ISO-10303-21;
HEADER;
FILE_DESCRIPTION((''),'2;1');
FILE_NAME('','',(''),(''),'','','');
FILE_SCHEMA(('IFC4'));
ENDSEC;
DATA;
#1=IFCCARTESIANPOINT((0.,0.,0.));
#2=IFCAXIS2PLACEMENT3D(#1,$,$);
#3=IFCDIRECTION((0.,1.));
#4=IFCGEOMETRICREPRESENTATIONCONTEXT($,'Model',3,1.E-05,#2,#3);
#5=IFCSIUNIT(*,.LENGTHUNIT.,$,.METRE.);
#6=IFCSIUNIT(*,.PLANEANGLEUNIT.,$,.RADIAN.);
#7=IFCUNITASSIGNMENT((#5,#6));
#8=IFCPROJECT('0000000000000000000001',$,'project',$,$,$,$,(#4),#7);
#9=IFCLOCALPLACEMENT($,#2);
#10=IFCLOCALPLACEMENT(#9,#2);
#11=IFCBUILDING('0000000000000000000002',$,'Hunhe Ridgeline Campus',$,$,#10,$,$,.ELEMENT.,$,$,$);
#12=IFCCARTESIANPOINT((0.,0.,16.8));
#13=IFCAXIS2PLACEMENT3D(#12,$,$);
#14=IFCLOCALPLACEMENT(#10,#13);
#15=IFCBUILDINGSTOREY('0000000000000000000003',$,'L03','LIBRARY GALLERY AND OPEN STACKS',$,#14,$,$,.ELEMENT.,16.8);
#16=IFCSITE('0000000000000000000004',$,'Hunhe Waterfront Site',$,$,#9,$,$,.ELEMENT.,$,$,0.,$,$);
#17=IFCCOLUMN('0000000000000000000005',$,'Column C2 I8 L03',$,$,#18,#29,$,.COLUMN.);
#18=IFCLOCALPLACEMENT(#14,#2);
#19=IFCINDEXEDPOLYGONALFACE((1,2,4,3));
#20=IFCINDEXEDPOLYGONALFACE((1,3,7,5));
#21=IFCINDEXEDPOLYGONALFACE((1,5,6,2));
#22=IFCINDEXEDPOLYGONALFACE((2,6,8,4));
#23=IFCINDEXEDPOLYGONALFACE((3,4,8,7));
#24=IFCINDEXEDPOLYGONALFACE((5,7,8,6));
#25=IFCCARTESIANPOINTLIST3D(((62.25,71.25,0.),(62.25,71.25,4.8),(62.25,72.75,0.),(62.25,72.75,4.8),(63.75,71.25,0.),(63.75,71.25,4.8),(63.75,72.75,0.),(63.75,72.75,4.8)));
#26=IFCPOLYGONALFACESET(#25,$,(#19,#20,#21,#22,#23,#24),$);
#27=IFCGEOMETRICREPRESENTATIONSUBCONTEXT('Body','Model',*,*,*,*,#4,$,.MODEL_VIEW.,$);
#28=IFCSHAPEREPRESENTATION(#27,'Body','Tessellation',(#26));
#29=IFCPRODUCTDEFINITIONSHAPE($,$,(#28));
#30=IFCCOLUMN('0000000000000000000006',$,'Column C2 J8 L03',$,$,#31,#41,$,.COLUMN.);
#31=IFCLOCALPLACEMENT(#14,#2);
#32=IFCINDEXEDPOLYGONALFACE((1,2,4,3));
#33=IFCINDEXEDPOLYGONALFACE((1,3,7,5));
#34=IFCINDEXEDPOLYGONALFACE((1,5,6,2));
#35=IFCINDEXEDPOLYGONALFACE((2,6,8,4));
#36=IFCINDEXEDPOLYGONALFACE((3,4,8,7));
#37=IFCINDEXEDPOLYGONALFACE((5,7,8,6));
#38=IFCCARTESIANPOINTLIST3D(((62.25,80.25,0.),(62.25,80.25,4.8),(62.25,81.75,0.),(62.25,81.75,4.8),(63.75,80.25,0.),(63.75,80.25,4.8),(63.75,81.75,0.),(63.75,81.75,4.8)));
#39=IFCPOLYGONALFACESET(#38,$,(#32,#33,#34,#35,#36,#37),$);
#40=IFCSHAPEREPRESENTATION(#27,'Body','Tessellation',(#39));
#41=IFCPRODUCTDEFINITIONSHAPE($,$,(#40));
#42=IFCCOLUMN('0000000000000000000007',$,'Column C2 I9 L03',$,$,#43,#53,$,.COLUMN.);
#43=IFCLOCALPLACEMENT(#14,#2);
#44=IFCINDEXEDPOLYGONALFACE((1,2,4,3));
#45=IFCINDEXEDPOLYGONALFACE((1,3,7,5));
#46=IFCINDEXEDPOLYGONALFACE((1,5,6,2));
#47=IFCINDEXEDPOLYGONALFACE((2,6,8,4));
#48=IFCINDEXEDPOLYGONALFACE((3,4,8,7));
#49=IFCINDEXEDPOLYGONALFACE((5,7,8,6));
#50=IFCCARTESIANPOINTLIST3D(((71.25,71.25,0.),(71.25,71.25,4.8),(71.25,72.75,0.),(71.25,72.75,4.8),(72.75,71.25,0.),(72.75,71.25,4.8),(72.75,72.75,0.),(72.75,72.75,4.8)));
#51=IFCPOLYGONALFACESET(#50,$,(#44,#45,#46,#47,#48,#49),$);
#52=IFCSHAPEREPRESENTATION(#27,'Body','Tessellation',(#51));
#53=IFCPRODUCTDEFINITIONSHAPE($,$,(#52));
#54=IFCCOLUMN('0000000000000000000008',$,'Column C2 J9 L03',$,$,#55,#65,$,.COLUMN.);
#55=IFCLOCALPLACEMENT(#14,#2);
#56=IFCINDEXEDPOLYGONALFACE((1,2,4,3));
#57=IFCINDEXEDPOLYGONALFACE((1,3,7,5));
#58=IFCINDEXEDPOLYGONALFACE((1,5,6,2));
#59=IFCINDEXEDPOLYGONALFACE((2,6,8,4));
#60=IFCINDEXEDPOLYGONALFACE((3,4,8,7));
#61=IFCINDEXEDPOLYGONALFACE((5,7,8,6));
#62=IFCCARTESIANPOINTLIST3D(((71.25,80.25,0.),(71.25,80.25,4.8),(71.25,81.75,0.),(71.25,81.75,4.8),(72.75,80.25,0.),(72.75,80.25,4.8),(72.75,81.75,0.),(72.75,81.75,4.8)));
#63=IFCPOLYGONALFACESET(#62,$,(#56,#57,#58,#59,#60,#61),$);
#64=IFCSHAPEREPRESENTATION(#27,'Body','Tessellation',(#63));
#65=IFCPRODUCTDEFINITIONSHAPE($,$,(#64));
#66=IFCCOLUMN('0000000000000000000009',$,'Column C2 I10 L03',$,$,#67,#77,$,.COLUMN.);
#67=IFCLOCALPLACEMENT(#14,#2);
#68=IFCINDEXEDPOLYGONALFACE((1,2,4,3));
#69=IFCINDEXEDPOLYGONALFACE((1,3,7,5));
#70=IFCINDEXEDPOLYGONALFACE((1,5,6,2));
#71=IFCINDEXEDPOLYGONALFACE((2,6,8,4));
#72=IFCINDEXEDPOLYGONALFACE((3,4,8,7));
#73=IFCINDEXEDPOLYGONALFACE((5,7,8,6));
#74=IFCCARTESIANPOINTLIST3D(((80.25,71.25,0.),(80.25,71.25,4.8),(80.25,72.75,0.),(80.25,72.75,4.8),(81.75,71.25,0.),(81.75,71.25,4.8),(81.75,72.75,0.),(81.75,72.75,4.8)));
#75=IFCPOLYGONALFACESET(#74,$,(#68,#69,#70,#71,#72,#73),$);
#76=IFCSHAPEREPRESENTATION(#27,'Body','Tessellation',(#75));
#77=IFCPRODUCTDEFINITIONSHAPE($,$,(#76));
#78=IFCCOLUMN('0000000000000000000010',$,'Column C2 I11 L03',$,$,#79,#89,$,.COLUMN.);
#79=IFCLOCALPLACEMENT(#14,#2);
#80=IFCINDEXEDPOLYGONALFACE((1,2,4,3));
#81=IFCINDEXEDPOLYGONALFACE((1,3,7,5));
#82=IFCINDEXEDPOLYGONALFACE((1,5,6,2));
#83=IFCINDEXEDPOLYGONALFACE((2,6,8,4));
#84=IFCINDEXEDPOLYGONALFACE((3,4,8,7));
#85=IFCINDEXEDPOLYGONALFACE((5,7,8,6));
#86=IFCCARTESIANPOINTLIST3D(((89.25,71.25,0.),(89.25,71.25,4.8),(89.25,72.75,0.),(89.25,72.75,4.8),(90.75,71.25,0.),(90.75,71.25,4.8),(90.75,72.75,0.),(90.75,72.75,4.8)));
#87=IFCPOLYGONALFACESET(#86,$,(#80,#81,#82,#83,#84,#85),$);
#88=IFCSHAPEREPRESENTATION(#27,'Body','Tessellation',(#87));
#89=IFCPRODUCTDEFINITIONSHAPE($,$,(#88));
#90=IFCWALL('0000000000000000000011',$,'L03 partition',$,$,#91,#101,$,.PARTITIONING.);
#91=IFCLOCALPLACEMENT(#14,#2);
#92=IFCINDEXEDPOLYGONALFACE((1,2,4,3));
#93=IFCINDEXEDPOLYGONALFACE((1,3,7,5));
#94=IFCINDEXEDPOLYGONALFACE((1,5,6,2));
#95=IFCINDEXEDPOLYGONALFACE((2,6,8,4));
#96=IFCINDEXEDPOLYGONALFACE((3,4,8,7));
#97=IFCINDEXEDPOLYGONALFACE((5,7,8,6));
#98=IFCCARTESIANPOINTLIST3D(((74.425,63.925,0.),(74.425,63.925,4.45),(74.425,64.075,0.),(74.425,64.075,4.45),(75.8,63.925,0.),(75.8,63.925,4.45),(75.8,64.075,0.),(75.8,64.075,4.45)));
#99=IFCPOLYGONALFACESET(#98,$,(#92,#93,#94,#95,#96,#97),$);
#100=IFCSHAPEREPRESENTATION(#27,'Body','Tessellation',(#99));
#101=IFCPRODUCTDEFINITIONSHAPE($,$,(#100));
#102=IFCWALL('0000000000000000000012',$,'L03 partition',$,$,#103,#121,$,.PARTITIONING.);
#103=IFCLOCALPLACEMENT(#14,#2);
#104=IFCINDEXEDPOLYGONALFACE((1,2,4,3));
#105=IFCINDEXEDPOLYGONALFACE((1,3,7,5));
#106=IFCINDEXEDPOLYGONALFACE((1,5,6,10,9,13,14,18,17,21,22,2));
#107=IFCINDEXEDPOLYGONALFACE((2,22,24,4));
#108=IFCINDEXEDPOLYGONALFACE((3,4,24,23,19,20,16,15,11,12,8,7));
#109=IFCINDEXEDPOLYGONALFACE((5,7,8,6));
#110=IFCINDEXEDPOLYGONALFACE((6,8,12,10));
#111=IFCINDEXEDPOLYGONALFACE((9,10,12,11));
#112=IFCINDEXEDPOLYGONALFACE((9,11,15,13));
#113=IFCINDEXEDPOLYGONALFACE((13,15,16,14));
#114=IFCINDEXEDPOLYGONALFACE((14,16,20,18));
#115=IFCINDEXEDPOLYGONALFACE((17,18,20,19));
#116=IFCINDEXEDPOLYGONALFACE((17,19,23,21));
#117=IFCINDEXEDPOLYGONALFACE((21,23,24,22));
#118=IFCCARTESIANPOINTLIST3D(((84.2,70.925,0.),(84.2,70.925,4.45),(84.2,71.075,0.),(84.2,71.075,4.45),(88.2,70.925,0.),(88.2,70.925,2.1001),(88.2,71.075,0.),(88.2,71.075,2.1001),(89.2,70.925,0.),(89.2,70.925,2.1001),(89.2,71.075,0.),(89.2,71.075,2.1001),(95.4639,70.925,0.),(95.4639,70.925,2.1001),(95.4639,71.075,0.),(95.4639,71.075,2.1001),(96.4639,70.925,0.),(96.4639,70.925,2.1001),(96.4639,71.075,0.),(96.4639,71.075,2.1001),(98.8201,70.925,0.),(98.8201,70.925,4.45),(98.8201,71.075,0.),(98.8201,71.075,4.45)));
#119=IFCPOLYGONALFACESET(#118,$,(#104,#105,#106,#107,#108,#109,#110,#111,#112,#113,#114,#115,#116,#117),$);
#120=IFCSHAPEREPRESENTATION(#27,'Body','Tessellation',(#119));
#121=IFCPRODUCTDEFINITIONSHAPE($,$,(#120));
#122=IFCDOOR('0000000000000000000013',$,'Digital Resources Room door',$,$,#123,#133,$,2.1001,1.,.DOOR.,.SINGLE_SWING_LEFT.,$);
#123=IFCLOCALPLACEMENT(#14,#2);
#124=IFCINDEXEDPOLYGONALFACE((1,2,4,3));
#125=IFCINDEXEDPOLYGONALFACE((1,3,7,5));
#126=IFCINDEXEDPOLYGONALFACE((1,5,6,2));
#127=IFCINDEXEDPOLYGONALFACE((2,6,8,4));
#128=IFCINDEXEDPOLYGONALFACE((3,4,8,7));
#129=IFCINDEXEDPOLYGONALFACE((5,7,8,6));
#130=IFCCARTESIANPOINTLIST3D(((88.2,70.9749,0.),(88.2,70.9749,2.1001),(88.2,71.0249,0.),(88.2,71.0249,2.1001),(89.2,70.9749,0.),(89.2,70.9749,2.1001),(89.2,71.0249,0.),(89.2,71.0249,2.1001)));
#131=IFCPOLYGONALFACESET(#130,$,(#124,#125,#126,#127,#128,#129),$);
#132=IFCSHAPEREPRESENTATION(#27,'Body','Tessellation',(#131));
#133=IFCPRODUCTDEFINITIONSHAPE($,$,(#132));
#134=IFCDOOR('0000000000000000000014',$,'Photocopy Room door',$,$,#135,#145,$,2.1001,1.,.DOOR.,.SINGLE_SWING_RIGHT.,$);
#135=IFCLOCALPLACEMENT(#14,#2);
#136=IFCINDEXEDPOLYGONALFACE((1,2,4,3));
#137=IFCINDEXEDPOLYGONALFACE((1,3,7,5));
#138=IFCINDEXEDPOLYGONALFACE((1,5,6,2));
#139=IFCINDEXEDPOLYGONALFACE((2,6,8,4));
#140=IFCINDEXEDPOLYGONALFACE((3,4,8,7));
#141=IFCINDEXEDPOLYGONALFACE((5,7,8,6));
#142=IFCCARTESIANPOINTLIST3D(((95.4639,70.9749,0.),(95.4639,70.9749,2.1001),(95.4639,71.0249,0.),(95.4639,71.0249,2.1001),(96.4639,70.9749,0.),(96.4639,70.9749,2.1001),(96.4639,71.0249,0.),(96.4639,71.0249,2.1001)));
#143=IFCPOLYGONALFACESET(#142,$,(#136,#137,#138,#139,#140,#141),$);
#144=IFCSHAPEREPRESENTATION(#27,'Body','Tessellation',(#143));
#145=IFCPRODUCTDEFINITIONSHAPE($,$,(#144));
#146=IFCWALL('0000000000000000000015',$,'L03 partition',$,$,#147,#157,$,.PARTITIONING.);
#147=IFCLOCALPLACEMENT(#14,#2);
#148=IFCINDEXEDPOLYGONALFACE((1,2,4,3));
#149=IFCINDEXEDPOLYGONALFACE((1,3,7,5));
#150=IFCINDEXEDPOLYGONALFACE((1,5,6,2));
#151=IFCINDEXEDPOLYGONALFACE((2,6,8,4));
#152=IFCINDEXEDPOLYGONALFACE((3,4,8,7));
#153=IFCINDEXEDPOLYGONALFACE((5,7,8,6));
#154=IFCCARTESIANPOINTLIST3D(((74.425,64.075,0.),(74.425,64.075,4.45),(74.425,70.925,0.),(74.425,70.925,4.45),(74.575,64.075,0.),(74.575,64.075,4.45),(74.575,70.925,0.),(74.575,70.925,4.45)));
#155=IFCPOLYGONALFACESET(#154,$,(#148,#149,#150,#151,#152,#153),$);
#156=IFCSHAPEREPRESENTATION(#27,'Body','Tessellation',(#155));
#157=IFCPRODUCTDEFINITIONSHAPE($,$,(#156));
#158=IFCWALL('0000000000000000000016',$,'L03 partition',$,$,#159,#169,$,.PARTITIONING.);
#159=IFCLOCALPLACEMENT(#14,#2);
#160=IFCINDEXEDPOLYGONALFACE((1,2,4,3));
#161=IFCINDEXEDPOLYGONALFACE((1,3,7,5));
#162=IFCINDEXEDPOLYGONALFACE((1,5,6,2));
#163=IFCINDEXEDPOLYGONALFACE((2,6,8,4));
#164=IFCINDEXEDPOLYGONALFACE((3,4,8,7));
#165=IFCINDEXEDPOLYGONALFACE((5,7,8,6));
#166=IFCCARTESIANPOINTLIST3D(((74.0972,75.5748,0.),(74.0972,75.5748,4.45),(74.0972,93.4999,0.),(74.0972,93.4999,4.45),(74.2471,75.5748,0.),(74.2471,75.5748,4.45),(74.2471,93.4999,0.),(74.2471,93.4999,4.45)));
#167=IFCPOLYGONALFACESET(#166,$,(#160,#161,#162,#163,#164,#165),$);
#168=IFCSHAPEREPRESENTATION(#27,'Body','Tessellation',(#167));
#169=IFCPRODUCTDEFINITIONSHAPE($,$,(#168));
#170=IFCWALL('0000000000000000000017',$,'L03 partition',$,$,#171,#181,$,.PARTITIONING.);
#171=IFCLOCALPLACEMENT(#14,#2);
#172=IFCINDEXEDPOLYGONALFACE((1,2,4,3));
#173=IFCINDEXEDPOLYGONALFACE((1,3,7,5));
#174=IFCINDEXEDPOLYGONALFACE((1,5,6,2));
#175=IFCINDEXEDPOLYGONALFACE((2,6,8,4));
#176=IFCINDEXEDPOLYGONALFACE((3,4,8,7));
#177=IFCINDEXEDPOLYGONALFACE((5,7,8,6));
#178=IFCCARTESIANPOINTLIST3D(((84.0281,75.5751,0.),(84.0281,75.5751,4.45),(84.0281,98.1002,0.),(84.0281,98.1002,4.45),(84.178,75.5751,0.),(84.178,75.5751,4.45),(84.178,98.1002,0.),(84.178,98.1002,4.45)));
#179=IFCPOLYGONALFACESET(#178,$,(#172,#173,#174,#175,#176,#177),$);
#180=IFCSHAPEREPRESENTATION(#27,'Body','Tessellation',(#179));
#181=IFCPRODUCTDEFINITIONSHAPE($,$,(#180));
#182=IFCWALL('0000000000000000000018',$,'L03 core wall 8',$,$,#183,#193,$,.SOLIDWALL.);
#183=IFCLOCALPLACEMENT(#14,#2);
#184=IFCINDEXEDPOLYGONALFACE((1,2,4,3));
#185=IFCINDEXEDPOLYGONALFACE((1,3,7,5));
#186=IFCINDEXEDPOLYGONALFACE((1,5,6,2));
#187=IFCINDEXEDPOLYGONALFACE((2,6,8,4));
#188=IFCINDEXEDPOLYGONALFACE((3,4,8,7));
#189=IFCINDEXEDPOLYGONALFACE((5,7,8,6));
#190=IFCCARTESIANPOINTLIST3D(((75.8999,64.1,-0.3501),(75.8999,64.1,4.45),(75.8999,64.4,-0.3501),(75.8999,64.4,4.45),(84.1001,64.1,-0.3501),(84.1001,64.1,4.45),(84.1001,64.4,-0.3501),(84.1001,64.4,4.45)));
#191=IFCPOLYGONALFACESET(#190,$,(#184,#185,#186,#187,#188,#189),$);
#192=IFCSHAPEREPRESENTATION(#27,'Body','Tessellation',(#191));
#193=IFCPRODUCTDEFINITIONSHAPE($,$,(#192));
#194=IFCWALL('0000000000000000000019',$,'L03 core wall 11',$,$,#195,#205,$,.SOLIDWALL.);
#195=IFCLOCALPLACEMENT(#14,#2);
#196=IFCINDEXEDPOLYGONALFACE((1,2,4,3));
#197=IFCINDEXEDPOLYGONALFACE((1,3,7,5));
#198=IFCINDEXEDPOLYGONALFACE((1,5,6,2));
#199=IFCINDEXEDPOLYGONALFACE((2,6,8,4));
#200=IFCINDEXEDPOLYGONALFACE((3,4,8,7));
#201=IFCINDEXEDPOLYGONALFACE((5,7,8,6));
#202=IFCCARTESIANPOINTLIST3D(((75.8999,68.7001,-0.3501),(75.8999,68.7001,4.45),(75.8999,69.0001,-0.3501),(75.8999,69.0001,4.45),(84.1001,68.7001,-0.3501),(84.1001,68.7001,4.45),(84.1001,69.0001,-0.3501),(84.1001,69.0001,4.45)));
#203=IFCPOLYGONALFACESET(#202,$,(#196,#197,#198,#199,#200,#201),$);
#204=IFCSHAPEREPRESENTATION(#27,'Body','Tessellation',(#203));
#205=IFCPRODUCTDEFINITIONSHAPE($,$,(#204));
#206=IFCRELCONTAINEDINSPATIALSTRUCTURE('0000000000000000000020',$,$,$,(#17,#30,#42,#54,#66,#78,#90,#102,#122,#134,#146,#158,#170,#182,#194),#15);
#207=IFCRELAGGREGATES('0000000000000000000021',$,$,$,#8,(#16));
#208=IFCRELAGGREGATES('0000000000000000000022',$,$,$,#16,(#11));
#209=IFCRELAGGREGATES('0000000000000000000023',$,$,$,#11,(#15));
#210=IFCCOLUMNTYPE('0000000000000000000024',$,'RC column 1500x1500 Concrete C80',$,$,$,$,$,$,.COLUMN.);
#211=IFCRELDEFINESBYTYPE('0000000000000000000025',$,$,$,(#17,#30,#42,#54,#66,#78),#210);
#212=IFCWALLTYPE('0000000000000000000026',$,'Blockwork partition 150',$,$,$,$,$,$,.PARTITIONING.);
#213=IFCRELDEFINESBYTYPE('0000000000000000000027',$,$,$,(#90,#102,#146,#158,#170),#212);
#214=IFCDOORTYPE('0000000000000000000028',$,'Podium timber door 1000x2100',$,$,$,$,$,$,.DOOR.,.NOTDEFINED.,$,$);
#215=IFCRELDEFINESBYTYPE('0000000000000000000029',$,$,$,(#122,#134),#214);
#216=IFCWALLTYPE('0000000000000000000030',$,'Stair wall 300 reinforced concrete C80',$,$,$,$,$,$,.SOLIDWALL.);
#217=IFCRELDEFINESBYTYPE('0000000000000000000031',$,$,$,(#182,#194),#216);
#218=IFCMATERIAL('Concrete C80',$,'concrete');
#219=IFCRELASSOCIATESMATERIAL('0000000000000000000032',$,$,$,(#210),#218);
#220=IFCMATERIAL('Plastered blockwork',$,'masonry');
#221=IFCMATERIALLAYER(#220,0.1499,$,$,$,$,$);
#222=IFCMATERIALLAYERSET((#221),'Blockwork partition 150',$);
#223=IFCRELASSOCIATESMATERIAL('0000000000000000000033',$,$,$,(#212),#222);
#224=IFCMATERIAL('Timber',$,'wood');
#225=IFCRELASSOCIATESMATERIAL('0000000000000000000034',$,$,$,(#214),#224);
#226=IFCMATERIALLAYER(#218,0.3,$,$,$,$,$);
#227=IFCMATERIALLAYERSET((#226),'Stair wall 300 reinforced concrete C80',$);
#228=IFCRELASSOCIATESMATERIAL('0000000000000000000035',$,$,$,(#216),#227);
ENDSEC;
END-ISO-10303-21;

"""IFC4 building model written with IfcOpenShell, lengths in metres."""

from ifc_helpers import new_model, si_unit, direction, frame, frame_2d, origin, origin_2d, place, context, subcontext, project, spatial, rectangle, extrude, material, layer, layer_set, material_profile, profile_set, type_object, element, fill, save


model = new_model("IFC4")

# Units and contexts
model_context = context("Model", 3, precision=1e-05, world=origin(), true_north=direction((0.0, 1.0)))
body_context = subcontext(model_context, "Body", "Model", "MODEL_VIEW")
ifc_project = project(units=[si_unit("LENGTHUNIT", "METRE"), si_unit("PLANEANGLEUNIT", "RADIAN")], contexts=[model_context])

# Site, building, storey
site_placement = place(None, origin())
site = spatial("IfcSite", under=ifc_project, at=site_placement, Name="Hunhe Waterfront Site", CompositionType="ELEMENT", RefElevation=0.0)
building_placement = place(site_placement, origin())
building = spatial("IfcBuilding", under=site, at=building_placement, Name="Hunhe Ridgeline Campus", CompositionType="ELEMENT")
storey_placement = place(building_placement, frame((0.0, 0.0, 16.8)))
storey = spatial("IfcBuildingStorey", under=building, at=storey_placement, Name="L03", Description="LIBRARY GALLERY AND OPEN STACKS", CompositionType="ELEMENT", Elevation=16.8)

# Columns
ifc_material_1 = material(Name="Concrete C80", Category="concrete")
ifc_material_profile = material_profile(ifc_material_1, rectangle(XDim=1.5, YDim=1.5, at=origin_2d()))
ifc_profile_set = profile_set([ifc_material_profile], Name="Concrete C80")
column_type = type_object("IfcColumnType", Name="RC column 1500x1500 Concrete C80", PredefinedType="COLUMN", material=ifc_profile_set)
for number, where, z_axis, x_axis, name in (
    (1, (63.0, 72.0, 0.0), (0.0, 0.0, 1.0), (1.0, 0.0, 0.0), "Column C2 I8 L03"),
    (2, (63.0, 81.0, 0.0), (0.0, 0.0, 1.0), (1.0, 0.0, 0.0), "Column C2 J8 L03"),
    (3, (72.0, 72.0, 0.0), (0.0, 0.0, 1.0), (1.0, 0.0, 0.0), "Column C2 I9 L03"),
    (4, (72.0, 81.0, 0.0), (0.0, 0.0, 1.0), (1.0, 0.0, 0.0), "Column C2 J9 L03"),
    (5, (81.0, 72.0, 0.0), (0.0, 0.0, 1.0), (1.0, 0.0, 0.0), "Column C2 I10 L03"),
    (6, (90.0, 72.0, 0.0), (0.0, 0.0, 1.0), (1.0, 0.0, 0.0), "Column C2 I11 L03"),
):
    element("IfcColumn", number, at=place(storey_placement, frame(where, z_axis=z_axis, x_axis=x_axis)), inside=storey, type_object=column_type, Name=name, PredefinedType="COLUMN", context=body_context, shape_type="SweptSolid", body=[
        extrude(rectangle(XDim=1.5, YDim=1.5, at=origin_2d()), origin(), (0.0, 0.0, 1.0), 4.8),
    ])

# Wall
ifc_material_2 = material(Name="Plastered blockwork", Category="masonry")
ifc_layer_1 = layer(ifc_material_2, 0.1499)
ifc_layer_set_1 = layer_set([ifc_layer_1], Name="Blockwork partition 150")
wall_type_1 = type_object("IfcWallType", Name="Blockwork partition 150", PredefinedType="PARTITIONING", material=ifc_layer_set_1)
wall_1_placement = place(storey_placement, frame((74.425, 64.0, 0.0), z_axis=(0.0, 0.0, 1.0), x_axis=(1.0, 0.0, 0.0)))
element("IfcWall", 7, at=wall_1_placement, inside=storey, type_object=wall_type_1, Name="L03 partition", PredefinedType="PARTITIONING", context=body_context, shape_type="SweptSolid", body=[
    extrude(rectangle(XDim=1.375, YDim=0.1499, at=frame_2d((0.6875, 0.0))), origin(), (0.0, 0.0, 1.0), 4.45),
])

# Wall, openings, doors
wall_2_placement = place(storey_placement, frame((84.2, 71.0, 0.0), z_axis=(0.0, 0.0, 1.0), x_axis=(1.0, 0.0, 0.0)))
wall_2 = element("IfcWall", 8, at=wall_2_placement, inside=storey, type_object=wall_type_1, Name="L03 partition", PredefinedType="PARTITIONING", context=body_context, shape_type="SweptSolid", body=[
    extrude(rectangle(XDim=14.6201, YDim=0.1499, at=frame_2d((7.3101, 0.0))), origin(), (0.0, 0.0, 1.0), 4.45),
])
opening_1_placement = place(wall_2_placement, frame((4.0, 0.0, 0.0)))
opening_1 = element("IfcOpeningElement", 9, at=opening_1_placement, cuts=wall_2, PredefinedType="OPENING", context=body_context, shape_type="SweptSolid", body=[
    extrude(rectangle(XDim=1.0, YDim=2.1001, at=frame_2d((0.5, 1.05))), frame((0.0, 0.075, 0.0), z_axis=(0.0, -1.0, 0.0), x_axis=(1.0, 0.0, 0.0)), (0.0, 0.0, 1.0), 0.1499),
])
opening_2_placement = place(wall_2_placement, frame((11.2639, 0.0, 0.0)))
opening_2 = element("IfcOpeningElement", 10, at=opening_2_placement, cuts=wall_2, PredefinedType="OPENING", context=body_context, shape_type="SweptSolid", body=[
    extrude(rectangle(XDim=1.0, YDim=2.1001, at=frame_2d((0.5, 1.05))), frame((0.0, 0.075, 0.0), z_axis=(0.0, -1.0, 0.0), x_axis=(1.0, 0.0, 0.0)), (0.0, 0.0, 1.0), 0.1499),
])
ifc_material_3 = material(Name="Timber", Category="wood")
door_type_1 = type_object("IfcDoorType", Name="Podium timber door 1000x2100", OperationType="NOTDEFINED", PredefinedType="DOOR", material=ifc_material_3)
door_1_placement = place(opening_1_placement, origin())
door_1 = element("IfcDoor", 11, at=door_1_placement, inside=storey, type_object=door_type_1, Name="Digital Resources Room door", OperationType="SINGLE_SWING_LEFT", OverallHeight=2.1001, OverallWidth=1.0, PredefinedType="DOOR", context=body_context, shape_type="SweptSolid", body=[
    extrude(rectangle(XDim=1.0, YDim=2.1001, at=frame_2d((0.5, 1.05))), frame((0.0, 0.0249, 0.0), z_axis=(0.0, -1.0, 0.0), x_axis=(1.0, 0.0, 0.0)), (0.0, 0.0, 1.0), 0.05),
])
fill(opening_1, door_1)
door_2_placement = place(opening_2_placement, origin())
door_2 = element("IfcDoor", 12, at=door_2_placement, inside=storey, type_object=door_type_1, Name="Photocopy Room door", OperationType="SINGLE_SWING_RIGHT", OverallHeight=2.1001, OverallWidth=1.0, PredefinedType="DOOR", context=body_context, shape_type="SweptSolid", body=[
    extrude(rectangle(XDim=1.0, YDim=2.1001, at=frame_2d((0.5, 1.05))), frame((0.0, 0.0249, 0.0), z_axis=(0.0, -1.0, 0.0), x_axis=(1.0, 0.0, 0.0)), (0.0, 0.0, 1.0), 0.05),
])
fill(opening_2, door_2)

# Walls
wall_3_placement = place(storey_placement, frame((74.5, 70.925, 0.0), z_axis=(0.0, 0.0, 1.0), x_axis=(0.0, -1.0, 0.0)))
element("IfcWall", 13, at=wall_3_placement, inside=storey, type_object=wall_type_1, Name="L03 partition", PredefinedType="PARTITIONING", context=body_context, shape_type="SweptSolid", body=[
    extrude(rectangle(XDim=6.8501, YDim=0.1499, at=frame_2d((3.425, 0.0))), origin(), (0.0, 0.0, 1.0), 4.45),
])
wall_4_placement = place(storey_placement, frame((74.1721, 75.575, 0.0), z_axis=(0.0, 0.0, 1.0), x_axis=(0.0, 1.0, 0.0)))
element("IfcWall", 14, at=wall_4_placement, inside=storey, type_object=wall_type_1, Name="L03 partition", PredefinedType="PARTITIONING", context=body_context, shape_type="SweptSolid", body=[
    extrude(rectangle(XDim=17.925, YDim=0.1499, at=frame_2d((8.9624, 0.0))), origin(), (0.0, 0.0, 1.0), 4.45),
])
wall_5_placement = place(storey_placement, frame((84.103, 75.575, 0.0), z_axis=(0.0, 0.0, 1.0), x_axis=(0.0, 1.0, 0.0)))
element("IfcWall", 15, at=wall_5_placement, inside=storey, type_object=wall_type_1, Name="L03 partition", PredefinedType="PARTITIONING", context=body_context, shape_type="SweptSolid", body=[
    extrude(rectangle(XDim=22.5251, YDim=0.1499, at=frame_2d((11.2627, 0.0))), origin(), (0.0, 0.0, 1.0), 4.45),
])
ifc_layer_2 = layer(ifc_material_1, 0.3)
ifc_layer_set_2 = layer_set([ifc_layer_2], Name="Stair wall 300 reinforced concrete C80")
wall_type_2 = type_object("IfcWallType", Name="Stair wall 300 reinforced concrete C80", PredefinedType="SOLIDWALL", material=ifc_layer_set_2)
for number, where, z_axis, x_axis, name in (
    (16, (75.8999, 64.25, -0.3501), (0.0, 0.0, 1.0), (1.0, 0.0, 0.0), "L03 core wall 8"),
    (17, (75.8999, 68.8501, -0.3501), (0.0, 0.0, 1.0), (1.0, 0.0, 0.0), "L03 core wall 11"),
):
    element("IfcWall", number, at=place(storey_placement, frame(where, z_axis=z_axis, x_axis=x_axis)), inside=storey, type_object=wall_type_2, Name=name, PredefinedType="SOLIDWALL", context=body_context, shape_type="SweptSolid", body=[
        extrude(rectangle(XDim=8.2002, YDim=0.3, at=frame_2d((4.1001, 0.0))), origin(), (0.0, 0.0, 1.0), 4.8),
    ])

save(model, "model.ifc")
